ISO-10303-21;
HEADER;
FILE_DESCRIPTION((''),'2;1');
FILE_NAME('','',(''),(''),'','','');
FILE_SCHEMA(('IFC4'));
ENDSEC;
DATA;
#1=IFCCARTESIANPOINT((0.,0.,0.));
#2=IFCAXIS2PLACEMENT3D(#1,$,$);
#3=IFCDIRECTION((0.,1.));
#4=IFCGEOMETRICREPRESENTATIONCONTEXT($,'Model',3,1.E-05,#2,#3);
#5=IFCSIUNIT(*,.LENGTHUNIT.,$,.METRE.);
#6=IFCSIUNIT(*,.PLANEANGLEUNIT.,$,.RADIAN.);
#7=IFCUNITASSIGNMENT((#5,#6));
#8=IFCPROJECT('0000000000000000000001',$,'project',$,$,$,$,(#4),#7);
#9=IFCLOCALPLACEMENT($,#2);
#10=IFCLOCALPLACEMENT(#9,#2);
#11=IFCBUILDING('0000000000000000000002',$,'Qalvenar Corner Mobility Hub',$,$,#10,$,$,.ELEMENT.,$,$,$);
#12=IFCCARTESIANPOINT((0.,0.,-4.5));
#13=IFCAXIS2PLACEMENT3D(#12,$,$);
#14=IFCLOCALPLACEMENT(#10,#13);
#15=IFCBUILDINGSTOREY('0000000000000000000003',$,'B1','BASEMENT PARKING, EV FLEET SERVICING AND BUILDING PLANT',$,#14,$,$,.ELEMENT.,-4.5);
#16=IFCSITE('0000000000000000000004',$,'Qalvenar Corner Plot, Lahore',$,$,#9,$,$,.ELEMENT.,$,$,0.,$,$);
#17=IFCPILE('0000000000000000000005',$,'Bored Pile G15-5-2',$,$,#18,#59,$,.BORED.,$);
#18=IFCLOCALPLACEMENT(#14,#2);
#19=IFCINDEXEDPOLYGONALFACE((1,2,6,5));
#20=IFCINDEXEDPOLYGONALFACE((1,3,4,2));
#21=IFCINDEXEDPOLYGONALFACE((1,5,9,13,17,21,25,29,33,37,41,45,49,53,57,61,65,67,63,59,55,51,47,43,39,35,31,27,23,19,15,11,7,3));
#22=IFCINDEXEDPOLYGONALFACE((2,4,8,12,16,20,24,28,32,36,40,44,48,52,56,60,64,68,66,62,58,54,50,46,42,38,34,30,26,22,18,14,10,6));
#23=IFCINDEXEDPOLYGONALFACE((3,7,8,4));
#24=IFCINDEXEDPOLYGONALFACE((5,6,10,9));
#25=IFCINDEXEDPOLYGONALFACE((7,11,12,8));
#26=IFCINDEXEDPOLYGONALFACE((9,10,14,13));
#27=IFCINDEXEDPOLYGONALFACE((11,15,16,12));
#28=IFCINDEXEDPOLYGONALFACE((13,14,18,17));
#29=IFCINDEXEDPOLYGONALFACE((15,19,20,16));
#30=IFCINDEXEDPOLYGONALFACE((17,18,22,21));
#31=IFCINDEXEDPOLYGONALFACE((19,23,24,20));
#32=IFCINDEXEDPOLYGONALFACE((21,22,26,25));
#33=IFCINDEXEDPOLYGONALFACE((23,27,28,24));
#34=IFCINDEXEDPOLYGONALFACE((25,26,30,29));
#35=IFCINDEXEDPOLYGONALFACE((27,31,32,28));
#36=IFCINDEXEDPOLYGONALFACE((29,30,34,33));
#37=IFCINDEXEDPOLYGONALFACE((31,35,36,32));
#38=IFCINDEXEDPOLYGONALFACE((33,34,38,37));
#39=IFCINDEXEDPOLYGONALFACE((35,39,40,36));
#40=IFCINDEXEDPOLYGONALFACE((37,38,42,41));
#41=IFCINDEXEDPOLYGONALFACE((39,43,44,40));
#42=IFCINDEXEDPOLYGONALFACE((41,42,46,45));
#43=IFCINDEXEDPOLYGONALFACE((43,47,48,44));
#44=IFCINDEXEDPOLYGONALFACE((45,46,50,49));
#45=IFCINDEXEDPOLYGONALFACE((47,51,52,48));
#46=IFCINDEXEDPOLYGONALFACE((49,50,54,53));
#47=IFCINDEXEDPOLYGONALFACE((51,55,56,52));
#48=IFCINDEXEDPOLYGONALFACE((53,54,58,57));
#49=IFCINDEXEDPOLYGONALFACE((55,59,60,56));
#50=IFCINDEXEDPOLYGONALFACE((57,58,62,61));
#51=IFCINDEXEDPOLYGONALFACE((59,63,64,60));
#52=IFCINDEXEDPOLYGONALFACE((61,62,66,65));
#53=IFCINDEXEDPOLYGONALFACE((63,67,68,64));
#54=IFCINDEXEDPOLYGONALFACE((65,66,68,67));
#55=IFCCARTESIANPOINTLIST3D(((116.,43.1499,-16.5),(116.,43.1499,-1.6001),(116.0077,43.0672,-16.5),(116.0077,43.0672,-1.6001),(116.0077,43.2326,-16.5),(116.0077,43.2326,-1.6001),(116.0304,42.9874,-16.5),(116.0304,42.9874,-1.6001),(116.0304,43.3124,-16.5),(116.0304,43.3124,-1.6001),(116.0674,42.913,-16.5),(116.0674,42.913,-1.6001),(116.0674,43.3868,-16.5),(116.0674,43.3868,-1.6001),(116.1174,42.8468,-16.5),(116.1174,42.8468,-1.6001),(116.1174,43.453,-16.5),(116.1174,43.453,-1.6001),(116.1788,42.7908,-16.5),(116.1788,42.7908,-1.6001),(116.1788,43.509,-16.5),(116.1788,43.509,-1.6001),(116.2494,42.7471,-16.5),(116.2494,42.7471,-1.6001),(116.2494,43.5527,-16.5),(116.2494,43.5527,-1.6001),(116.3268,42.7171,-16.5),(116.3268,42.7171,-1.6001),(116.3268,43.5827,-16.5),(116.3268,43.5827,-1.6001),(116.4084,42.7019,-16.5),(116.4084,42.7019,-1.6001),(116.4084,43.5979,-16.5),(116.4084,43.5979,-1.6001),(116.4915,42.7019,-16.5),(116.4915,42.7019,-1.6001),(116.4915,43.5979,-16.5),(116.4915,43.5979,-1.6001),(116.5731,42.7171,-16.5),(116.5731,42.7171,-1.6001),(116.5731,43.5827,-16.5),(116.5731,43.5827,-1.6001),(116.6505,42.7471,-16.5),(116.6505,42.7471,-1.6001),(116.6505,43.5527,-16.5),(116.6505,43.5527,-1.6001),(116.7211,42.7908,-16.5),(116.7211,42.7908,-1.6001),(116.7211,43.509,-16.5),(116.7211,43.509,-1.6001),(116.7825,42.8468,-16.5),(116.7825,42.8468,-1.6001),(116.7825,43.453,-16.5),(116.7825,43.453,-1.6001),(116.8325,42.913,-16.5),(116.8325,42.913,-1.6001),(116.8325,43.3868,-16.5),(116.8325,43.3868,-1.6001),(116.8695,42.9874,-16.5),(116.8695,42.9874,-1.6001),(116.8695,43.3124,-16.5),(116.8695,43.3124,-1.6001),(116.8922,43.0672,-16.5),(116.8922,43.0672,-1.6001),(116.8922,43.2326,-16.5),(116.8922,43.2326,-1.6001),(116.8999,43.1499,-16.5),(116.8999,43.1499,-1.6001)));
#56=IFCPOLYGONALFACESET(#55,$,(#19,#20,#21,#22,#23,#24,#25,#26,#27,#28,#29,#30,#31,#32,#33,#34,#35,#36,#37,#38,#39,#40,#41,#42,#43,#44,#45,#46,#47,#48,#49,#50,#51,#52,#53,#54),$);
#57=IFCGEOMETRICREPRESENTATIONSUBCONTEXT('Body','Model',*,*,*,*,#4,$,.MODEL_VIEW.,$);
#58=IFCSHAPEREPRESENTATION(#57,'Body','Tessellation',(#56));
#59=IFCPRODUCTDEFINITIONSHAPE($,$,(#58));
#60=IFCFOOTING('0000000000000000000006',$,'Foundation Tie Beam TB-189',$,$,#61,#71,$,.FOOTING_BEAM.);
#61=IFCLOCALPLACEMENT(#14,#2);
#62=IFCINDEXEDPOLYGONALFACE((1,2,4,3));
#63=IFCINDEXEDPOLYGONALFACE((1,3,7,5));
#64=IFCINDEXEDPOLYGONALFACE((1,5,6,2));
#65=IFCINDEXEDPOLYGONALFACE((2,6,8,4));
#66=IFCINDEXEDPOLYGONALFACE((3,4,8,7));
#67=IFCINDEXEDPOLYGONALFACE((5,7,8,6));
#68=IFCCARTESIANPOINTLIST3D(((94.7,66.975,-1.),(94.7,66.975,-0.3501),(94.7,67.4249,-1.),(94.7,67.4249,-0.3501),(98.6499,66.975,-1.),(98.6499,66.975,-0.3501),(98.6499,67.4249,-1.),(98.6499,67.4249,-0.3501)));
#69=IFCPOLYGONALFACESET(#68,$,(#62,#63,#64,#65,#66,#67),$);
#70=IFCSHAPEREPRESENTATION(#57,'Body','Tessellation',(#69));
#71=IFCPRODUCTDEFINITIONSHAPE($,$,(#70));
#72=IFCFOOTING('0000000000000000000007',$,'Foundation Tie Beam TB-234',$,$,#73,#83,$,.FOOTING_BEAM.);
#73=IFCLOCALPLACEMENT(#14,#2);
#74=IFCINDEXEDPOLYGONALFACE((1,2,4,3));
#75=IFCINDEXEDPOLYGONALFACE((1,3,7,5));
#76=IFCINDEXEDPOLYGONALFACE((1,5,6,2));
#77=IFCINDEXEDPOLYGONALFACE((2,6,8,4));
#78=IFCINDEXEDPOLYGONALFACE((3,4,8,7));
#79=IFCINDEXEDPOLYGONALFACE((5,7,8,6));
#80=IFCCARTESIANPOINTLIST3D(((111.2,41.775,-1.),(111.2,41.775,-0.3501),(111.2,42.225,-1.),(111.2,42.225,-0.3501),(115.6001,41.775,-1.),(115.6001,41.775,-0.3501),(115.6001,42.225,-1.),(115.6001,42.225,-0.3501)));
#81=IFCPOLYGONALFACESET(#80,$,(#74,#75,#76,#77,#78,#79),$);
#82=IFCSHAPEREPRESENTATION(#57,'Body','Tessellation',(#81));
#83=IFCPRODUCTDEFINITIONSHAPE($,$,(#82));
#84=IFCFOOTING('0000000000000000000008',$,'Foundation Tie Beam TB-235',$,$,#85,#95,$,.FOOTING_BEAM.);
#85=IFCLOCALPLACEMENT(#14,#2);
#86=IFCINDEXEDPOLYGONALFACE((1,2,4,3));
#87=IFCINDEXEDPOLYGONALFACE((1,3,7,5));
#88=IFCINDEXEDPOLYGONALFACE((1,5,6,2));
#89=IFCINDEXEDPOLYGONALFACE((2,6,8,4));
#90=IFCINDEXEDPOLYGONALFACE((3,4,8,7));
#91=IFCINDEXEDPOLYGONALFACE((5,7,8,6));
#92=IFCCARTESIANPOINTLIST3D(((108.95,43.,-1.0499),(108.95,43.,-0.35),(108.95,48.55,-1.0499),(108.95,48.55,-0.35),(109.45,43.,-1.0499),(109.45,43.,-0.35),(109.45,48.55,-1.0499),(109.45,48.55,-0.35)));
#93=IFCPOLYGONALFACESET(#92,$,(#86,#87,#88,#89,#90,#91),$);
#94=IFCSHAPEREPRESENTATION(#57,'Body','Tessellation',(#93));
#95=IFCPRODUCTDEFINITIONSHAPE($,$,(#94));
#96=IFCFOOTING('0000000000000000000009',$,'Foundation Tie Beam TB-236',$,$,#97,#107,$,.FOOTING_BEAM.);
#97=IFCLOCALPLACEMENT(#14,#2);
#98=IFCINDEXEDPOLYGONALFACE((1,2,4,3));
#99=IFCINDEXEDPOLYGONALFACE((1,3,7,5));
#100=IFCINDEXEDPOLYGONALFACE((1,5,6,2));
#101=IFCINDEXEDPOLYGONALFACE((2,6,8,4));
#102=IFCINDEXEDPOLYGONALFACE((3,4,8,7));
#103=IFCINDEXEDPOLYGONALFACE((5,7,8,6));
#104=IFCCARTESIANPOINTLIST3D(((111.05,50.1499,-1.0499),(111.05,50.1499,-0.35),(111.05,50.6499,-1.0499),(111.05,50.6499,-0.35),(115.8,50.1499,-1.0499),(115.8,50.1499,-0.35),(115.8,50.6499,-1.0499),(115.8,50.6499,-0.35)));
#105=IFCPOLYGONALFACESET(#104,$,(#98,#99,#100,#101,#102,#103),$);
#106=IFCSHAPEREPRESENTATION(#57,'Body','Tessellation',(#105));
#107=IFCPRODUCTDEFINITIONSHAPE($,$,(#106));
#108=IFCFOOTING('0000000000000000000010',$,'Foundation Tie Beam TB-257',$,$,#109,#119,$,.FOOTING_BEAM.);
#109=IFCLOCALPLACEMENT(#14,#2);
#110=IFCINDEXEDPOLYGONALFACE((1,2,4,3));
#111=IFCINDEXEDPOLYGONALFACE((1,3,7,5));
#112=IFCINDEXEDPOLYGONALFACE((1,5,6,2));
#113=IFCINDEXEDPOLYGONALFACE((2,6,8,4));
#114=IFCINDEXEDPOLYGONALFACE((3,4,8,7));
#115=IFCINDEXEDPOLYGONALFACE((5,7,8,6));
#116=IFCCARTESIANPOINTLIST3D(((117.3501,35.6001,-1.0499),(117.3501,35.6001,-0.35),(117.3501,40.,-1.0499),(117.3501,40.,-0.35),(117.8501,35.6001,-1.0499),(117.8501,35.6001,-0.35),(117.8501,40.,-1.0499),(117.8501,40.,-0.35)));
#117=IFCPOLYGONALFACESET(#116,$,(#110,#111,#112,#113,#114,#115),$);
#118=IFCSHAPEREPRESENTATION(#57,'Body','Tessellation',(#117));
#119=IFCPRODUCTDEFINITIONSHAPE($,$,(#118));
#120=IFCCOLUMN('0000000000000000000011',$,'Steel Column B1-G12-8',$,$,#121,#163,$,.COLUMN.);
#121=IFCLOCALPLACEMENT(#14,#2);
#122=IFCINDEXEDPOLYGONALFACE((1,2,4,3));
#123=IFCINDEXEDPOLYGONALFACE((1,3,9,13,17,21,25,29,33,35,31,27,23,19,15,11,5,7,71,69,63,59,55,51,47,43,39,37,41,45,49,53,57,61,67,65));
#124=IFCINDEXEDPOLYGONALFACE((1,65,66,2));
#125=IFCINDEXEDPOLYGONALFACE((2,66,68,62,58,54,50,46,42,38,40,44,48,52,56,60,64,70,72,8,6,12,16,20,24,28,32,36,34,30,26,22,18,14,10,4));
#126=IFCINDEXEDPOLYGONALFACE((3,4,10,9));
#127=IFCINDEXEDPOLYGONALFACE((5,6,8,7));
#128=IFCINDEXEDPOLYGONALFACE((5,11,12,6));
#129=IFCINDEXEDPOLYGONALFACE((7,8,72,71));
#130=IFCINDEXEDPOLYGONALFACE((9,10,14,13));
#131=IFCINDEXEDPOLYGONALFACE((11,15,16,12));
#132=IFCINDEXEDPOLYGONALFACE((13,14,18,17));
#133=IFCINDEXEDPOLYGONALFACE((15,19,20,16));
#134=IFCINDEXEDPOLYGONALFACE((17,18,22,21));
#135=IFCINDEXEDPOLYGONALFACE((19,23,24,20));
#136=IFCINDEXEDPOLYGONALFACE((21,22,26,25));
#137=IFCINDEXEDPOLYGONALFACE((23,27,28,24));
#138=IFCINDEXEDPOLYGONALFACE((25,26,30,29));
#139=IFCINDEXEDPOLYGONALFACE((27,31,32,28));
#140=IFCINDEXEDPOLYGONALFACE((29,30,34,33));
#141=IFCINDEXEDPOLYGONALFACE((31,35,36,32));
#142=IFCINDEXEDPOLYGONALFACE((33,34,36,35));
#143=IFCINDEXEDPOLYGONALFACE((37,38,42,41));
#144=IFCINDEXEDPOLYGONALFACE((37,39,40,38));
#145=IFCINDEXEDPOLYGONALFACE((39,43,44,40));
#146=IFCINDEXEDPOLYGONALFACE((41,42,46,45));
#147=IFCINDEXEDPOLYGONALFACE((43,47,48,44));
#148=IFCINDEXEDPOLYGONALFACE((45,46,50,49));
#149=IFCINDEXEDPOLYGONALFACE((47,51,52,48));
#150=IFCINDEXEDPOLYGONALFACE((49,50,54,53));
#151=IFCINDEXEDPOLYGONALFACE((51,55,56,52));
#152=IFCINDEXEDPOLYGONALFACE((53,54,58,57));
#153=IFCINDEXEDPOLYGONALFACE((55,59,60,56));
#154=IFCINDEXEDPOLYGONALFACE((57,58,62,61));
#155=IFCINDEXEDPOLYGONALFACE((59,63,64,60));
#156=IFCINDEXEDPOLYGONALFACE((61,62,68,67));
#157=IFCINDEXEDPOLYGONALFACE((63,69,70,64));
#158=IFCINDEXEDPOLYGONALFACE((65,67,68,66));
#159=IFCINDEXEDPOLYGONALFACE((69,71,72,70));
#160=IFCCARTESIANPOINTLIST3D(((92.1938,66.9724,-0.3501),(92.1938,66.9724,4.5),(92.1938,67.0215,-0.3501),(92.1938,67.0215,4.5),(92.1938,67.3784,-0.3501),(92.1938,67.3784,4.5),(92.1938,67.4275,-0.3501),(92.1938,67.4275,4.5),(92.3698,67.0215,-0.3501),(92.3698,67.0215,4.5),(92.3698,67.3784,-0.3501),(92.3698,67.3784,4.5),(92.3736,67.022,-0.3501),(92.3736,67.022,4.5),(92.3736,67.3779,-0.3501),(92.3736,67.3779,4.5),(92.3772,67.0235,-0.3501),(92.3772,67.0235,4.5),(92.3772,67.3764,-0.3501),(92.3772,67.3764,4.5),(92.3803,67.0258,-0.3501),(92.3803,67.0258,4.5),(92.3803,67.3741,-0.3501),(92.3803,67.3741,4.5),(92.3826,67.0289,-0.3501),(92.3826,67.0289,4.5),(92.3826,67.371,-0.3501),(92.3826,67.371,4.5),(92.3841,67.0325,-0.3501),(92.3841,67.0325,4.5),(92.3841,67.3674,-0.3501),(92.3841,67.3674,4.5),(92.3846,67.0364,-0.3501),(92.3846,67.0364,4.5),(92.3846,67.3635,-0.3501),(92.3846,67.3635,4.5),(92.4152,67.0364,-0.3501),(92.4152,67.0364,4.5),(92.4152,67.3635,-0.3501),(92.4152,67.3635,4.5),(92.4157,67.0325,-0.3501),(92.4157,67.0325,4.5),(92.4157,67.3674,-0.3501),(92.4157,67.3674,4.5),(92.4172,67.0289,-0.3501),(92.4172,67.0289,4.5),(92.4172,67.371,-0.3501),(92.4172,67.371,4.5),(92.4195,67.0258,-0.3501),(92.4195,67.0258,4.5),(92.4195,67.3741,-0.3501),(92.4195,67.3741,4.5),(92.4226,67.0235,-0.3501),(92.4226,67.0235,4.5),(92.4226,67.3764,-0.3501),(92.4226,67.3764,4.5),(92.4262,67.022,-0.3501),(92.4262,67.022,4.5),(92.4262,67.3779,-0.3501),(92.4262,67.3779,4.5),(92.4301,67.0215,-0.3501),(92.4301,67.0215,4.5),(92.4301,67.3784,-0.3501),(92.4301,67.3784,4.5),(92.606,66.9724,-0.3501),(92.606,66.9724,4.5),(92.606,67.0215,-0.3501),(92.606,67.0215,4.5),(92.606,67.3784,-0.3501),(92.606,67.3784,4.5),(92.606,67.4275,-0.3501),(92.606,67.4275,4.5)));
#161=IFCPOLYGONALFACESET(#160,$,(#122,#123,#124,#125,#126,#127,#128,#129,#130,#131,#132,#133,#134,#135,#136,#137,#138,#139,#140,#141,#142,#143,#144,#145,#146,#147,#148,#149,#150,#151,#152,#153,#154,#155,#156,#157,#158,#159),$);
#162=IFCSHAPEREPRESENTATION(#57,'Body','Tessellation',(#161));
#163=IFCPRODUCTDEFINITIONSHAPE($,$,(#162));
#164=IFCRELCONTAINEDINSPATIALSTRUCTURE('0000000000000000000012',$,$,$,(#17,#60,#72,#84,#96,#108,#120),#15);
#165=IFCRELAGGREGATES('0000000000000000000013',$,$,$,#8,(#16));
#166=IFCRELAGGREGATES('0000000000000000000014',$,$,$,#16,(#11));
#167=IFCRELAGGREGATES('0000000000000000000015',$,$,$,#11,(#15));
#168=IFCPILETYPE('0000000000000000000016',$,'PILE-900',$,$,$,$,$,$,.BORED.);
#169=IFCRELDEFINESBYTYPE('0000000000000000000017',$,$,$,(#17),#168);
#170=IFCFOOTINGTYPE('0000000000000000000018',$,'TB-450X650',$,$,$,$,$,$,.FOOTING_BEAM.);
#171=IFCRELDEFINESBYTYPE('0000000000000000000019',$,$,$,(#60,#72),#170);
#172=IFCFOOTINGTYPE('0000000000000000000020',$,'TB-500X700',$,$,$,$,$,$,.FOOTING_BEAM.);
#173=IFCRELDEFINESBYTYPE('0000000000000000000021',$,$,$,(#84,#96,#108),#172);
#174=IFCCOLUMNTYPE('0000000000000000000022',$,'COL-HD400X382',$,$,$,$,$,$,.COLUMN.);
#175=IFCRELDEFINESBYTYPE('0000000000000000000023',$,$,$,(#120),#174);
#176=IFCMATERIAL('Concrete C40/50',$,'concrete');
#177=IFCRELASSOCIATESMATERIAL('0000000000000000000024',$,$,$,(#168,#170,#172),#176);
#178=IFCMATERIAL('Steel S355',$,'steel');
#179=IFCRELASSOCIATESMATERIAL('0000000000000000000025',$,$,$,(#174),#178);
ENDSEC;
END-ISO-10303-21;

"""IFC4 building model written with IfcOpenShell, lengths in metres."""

from ifc_helpers import new_model, si_unit, direction, frame, origin, origin_2d, place, context, subcontext, project, spatial, rectangle, circle, i_section, extrude, material, material_profile, profile_set, type_object, element, save


model = new_model("IFC4")

# Units and contexts
model_context = context("Model", 3, precision=1e-05, world=origin(), true_north=direction((0.0, 1.0)))
body_context = subcontext(model_context, "Body", "Model", "MODEL_VIEW")
ifc_project = project(units=[si_unit("LENGTHUNIT", "METRE"), si_unit("PLANEANGLEUNIT", "RADIAN")], contexts=[model_context])

# Site, building, storey
site_placement = place(None, origin())
site = spatial("IfcSite", under=ifc_project, at=site_placement, Name="Qalvenar Corner Plot, Lahore", CompositionType="ELEMENT", RefElevation=0.0)
building_placement = place(site_placement, origin())
building = spatial("IfcBuilding", under=site, at=building_placement, Name="Qalvenar Corner Mobility Hub", CompositionType="ELEMENT")
storey_placement = place(building_placement, frame((0.0, 0.0, -4.5)))
storey = spatial("IfcBuildingStorey", under=building, at=storey_placement, Name="B1", Description="BASEMENT PARKING, EV FLEET SERVICING AND BUILDING PLANT", CompositionType="ELEMENT", Elevation=-4.5)

# Shared definitions
ifc_material_1 = material(Name="Concrete C40/50", Category="concrete")

# Pile
ifc_material_profile_1 = material_profile(ifc_material_1, circle(Radius=0.45, at=origin_2d()), Name="DIA900")
ifc_profile_set_1 = profile_set([ifc_material_profile_1], Name="Concrete C40/50")
pile_type_1 = type_object("IfcPileType", Name="PILE-900", PredefinedType="BORED", material=ifc_profile_set_1)
for number, where, z_axis, x_axis, name in (
    (1, (116.45, 43.1499, -1.6001), (0.0, 0.0, -1.0), (1.0, 0.0, 0.0), "Bored Pile G15-5-2"),
):
    element("IfcPile", number, at=place(storey_placement, frame(where, z_axis=z_axis, x_axis=x_axis)), inside=storey, type_object=pile_type_1, Name=name, PredefinedType="BORED", context=body_context, shape_type="SweptSolid", body=[
        extrude(circle(Radius=0.45, at=origin_2d()), origin(), (0.0, 0.0, 1.0), 14.8999),
    ])

# Footings
ifc_material_profile_2 = material_profile(ifc_material_1, rectangle(XDim=0.45, YDim=0.6499, at=origin_2d()), Name="RC450x650")
ifc_profile_set_2 = profile_set([ifc_material_profile_2], Name="Concrete C40/50")
footing_type_1 = type_object("IfcFootingType", Name="TB-450X650", PredefinedType="FOOTING_BEAM", material=ifc_profile_set_2)
footing_1_placement = place(storey_placement, frame((94.7, 67.2, -0.675), z_axis=(1.0, 0.0, 0.0), x_axis=(0.0, 1.0, 0.0)))
element("IfcFooting", 2, at=footing_1_placement, inside=storey, type_object=footing_type_1, Name="Foundation Tie Beam TB-189", PredefinedType="FOOTING_BEAM", context=body_context, shape_type="SweptSolid", body=[
    extrude(rectangle(XDim=0.45, YDim=0.6499, at=origin_2d()), origin(), (0.0, 0.0, 1.0), 3.95),
])
footing_2_placement = place(storey_placement, frame((111.2, 42.0, -0.675), z_axis=(1.0, 0.0, 0.0), x_axis=(0.0, 1.0, 0.0)))
element("IfcFooting", 3, at=footing_2_placement, inside=storey, type_object=footing_type_1, Name="Foundation Tie Beam TB-234", PredefinedType="FOOTING_BEAM", context=body_context, shape_type="SweptSolid", body=[
    extrude(rectangle(XDim=0.45, YDim=0.6499, at=origin_2d()), origin(), (0.0, 0.0, 1.0), 4.4001),
])
ifc_material_profile_3 = material_profile(ifc_material_1, rectangle(XDim=0.5, YDim=0.7, at=origin_2d()), Name="RC500x700")
ifc_profile_set_3 = profile_set([ifc_material_profile_3], Name="Concrete C40/50")
footing_type_2 = type_object("IfcFootingType", Name="TB-500X700", PredefinedType="FOOTING_BEAM", material=ifc_profile_set_3)
footing_3_placement = place(storey_placement, frame((109.2, 43.0, -0.7), z_axis=(0.0, 1.0, 0.0), x_axis=(-1.0, 0.0, 0.0)))
element("IfcFooting", 4, at=footing_3_placement, inside=storey, type_object=footing_type_2, Name="Foundation Tie Beam TB-235", PredefinedType="FOOTING_BEAM", context=body_context, shape_type="SweptSolid", body=[
    extrude(rectangle(XDim=0.5, YDim=0.7, at=origin_2d()), origin(), (0.0, 0.0, 1.0), 5.55),
])
footing_4_placement = place(storey_placement, frame((111.05, 50.3999, -0.7), z_axis=(1.0, 0.0, 0.0), x_axis=(0.0, 1.0, 0.0)))
element("IfcFooting", 5, at=footing_4_placement, inside=storey, type_object=footing_type_2, Name="Foundation Tie Beam TB-236", PredefinedType="FOOTING_BEAM", context=body_context, shape_type="SweptSolid", body=[
    extrude(rectangle(XDim=0.5, YDim=0.7, at=origin_2d()), origin(), (0.0, 0.0, 1.0), 4.75),
])
footing_5_placement = place(storey_placement, frame((117.6001, 35.6001, -0.7), z_axis=(0.0, 1.0, 0.0), x_axis=(-1.0, 0.0, 0.0)))
element("IfcFooting", 6, at=footing_5_placement, inside=storey, type_object=footing_type_2, Name="Foundation Tie Beam TB-257", PredefinedType="FOOTING_BEAM", context=body_context, shape_type="SweptSolid", body=[
    extrude(rectangle(XDim=0.5, YDim=0.7, at=origin_2d()), origin(), (0.0, 0.0, 1.0), 4.3999),
])

# Column
ifc_material_2 = material(Name="Steel S355", Category="steel")
ifc_material_profile_4 = material_profile(ifc_material_2, i_section(OverallWidth=0.4121, OverallDepth=0.4551, WebThickness=0.0305, FlangeThickness=0.0491, FilletRadius=0.0149, at=origin_2d()), Name="HD400x421")
ifc_profile_set_4 = profile_set([ifc_material_profile_4], Name="Steel S355")
column_type_1 = type_object("IfcColumnType", Name="COL-HD400X382", PredefinedType="COLUMN", material=ifc_profile_set_4)
column_placement = place(storey_placement, frame((92.3999, 67.2, -0.3501), z_axis=(0.0, 0.0, 1.0), x_axis=(1.0, 0.0, 0.0)))
element("IfcColumn", 7, at=column_placement, inside=storey, type_object=column_type_1, Name="Steel Column B1-G12-8", PredefinedType="COLUMN", context=body_context, shape_type="SweptSolid", body=[
    extrude(i_section(OverallWidth=0.4121, OverallDepth=0.4551, WebThickness=0.0305, FlangeThickness=0.0491, FilletRadius=0.0149, at=origin_2d()), origin(), (0.0, 0.0, 1.0), 4.8501),
])

save(model, "model.ifc")
